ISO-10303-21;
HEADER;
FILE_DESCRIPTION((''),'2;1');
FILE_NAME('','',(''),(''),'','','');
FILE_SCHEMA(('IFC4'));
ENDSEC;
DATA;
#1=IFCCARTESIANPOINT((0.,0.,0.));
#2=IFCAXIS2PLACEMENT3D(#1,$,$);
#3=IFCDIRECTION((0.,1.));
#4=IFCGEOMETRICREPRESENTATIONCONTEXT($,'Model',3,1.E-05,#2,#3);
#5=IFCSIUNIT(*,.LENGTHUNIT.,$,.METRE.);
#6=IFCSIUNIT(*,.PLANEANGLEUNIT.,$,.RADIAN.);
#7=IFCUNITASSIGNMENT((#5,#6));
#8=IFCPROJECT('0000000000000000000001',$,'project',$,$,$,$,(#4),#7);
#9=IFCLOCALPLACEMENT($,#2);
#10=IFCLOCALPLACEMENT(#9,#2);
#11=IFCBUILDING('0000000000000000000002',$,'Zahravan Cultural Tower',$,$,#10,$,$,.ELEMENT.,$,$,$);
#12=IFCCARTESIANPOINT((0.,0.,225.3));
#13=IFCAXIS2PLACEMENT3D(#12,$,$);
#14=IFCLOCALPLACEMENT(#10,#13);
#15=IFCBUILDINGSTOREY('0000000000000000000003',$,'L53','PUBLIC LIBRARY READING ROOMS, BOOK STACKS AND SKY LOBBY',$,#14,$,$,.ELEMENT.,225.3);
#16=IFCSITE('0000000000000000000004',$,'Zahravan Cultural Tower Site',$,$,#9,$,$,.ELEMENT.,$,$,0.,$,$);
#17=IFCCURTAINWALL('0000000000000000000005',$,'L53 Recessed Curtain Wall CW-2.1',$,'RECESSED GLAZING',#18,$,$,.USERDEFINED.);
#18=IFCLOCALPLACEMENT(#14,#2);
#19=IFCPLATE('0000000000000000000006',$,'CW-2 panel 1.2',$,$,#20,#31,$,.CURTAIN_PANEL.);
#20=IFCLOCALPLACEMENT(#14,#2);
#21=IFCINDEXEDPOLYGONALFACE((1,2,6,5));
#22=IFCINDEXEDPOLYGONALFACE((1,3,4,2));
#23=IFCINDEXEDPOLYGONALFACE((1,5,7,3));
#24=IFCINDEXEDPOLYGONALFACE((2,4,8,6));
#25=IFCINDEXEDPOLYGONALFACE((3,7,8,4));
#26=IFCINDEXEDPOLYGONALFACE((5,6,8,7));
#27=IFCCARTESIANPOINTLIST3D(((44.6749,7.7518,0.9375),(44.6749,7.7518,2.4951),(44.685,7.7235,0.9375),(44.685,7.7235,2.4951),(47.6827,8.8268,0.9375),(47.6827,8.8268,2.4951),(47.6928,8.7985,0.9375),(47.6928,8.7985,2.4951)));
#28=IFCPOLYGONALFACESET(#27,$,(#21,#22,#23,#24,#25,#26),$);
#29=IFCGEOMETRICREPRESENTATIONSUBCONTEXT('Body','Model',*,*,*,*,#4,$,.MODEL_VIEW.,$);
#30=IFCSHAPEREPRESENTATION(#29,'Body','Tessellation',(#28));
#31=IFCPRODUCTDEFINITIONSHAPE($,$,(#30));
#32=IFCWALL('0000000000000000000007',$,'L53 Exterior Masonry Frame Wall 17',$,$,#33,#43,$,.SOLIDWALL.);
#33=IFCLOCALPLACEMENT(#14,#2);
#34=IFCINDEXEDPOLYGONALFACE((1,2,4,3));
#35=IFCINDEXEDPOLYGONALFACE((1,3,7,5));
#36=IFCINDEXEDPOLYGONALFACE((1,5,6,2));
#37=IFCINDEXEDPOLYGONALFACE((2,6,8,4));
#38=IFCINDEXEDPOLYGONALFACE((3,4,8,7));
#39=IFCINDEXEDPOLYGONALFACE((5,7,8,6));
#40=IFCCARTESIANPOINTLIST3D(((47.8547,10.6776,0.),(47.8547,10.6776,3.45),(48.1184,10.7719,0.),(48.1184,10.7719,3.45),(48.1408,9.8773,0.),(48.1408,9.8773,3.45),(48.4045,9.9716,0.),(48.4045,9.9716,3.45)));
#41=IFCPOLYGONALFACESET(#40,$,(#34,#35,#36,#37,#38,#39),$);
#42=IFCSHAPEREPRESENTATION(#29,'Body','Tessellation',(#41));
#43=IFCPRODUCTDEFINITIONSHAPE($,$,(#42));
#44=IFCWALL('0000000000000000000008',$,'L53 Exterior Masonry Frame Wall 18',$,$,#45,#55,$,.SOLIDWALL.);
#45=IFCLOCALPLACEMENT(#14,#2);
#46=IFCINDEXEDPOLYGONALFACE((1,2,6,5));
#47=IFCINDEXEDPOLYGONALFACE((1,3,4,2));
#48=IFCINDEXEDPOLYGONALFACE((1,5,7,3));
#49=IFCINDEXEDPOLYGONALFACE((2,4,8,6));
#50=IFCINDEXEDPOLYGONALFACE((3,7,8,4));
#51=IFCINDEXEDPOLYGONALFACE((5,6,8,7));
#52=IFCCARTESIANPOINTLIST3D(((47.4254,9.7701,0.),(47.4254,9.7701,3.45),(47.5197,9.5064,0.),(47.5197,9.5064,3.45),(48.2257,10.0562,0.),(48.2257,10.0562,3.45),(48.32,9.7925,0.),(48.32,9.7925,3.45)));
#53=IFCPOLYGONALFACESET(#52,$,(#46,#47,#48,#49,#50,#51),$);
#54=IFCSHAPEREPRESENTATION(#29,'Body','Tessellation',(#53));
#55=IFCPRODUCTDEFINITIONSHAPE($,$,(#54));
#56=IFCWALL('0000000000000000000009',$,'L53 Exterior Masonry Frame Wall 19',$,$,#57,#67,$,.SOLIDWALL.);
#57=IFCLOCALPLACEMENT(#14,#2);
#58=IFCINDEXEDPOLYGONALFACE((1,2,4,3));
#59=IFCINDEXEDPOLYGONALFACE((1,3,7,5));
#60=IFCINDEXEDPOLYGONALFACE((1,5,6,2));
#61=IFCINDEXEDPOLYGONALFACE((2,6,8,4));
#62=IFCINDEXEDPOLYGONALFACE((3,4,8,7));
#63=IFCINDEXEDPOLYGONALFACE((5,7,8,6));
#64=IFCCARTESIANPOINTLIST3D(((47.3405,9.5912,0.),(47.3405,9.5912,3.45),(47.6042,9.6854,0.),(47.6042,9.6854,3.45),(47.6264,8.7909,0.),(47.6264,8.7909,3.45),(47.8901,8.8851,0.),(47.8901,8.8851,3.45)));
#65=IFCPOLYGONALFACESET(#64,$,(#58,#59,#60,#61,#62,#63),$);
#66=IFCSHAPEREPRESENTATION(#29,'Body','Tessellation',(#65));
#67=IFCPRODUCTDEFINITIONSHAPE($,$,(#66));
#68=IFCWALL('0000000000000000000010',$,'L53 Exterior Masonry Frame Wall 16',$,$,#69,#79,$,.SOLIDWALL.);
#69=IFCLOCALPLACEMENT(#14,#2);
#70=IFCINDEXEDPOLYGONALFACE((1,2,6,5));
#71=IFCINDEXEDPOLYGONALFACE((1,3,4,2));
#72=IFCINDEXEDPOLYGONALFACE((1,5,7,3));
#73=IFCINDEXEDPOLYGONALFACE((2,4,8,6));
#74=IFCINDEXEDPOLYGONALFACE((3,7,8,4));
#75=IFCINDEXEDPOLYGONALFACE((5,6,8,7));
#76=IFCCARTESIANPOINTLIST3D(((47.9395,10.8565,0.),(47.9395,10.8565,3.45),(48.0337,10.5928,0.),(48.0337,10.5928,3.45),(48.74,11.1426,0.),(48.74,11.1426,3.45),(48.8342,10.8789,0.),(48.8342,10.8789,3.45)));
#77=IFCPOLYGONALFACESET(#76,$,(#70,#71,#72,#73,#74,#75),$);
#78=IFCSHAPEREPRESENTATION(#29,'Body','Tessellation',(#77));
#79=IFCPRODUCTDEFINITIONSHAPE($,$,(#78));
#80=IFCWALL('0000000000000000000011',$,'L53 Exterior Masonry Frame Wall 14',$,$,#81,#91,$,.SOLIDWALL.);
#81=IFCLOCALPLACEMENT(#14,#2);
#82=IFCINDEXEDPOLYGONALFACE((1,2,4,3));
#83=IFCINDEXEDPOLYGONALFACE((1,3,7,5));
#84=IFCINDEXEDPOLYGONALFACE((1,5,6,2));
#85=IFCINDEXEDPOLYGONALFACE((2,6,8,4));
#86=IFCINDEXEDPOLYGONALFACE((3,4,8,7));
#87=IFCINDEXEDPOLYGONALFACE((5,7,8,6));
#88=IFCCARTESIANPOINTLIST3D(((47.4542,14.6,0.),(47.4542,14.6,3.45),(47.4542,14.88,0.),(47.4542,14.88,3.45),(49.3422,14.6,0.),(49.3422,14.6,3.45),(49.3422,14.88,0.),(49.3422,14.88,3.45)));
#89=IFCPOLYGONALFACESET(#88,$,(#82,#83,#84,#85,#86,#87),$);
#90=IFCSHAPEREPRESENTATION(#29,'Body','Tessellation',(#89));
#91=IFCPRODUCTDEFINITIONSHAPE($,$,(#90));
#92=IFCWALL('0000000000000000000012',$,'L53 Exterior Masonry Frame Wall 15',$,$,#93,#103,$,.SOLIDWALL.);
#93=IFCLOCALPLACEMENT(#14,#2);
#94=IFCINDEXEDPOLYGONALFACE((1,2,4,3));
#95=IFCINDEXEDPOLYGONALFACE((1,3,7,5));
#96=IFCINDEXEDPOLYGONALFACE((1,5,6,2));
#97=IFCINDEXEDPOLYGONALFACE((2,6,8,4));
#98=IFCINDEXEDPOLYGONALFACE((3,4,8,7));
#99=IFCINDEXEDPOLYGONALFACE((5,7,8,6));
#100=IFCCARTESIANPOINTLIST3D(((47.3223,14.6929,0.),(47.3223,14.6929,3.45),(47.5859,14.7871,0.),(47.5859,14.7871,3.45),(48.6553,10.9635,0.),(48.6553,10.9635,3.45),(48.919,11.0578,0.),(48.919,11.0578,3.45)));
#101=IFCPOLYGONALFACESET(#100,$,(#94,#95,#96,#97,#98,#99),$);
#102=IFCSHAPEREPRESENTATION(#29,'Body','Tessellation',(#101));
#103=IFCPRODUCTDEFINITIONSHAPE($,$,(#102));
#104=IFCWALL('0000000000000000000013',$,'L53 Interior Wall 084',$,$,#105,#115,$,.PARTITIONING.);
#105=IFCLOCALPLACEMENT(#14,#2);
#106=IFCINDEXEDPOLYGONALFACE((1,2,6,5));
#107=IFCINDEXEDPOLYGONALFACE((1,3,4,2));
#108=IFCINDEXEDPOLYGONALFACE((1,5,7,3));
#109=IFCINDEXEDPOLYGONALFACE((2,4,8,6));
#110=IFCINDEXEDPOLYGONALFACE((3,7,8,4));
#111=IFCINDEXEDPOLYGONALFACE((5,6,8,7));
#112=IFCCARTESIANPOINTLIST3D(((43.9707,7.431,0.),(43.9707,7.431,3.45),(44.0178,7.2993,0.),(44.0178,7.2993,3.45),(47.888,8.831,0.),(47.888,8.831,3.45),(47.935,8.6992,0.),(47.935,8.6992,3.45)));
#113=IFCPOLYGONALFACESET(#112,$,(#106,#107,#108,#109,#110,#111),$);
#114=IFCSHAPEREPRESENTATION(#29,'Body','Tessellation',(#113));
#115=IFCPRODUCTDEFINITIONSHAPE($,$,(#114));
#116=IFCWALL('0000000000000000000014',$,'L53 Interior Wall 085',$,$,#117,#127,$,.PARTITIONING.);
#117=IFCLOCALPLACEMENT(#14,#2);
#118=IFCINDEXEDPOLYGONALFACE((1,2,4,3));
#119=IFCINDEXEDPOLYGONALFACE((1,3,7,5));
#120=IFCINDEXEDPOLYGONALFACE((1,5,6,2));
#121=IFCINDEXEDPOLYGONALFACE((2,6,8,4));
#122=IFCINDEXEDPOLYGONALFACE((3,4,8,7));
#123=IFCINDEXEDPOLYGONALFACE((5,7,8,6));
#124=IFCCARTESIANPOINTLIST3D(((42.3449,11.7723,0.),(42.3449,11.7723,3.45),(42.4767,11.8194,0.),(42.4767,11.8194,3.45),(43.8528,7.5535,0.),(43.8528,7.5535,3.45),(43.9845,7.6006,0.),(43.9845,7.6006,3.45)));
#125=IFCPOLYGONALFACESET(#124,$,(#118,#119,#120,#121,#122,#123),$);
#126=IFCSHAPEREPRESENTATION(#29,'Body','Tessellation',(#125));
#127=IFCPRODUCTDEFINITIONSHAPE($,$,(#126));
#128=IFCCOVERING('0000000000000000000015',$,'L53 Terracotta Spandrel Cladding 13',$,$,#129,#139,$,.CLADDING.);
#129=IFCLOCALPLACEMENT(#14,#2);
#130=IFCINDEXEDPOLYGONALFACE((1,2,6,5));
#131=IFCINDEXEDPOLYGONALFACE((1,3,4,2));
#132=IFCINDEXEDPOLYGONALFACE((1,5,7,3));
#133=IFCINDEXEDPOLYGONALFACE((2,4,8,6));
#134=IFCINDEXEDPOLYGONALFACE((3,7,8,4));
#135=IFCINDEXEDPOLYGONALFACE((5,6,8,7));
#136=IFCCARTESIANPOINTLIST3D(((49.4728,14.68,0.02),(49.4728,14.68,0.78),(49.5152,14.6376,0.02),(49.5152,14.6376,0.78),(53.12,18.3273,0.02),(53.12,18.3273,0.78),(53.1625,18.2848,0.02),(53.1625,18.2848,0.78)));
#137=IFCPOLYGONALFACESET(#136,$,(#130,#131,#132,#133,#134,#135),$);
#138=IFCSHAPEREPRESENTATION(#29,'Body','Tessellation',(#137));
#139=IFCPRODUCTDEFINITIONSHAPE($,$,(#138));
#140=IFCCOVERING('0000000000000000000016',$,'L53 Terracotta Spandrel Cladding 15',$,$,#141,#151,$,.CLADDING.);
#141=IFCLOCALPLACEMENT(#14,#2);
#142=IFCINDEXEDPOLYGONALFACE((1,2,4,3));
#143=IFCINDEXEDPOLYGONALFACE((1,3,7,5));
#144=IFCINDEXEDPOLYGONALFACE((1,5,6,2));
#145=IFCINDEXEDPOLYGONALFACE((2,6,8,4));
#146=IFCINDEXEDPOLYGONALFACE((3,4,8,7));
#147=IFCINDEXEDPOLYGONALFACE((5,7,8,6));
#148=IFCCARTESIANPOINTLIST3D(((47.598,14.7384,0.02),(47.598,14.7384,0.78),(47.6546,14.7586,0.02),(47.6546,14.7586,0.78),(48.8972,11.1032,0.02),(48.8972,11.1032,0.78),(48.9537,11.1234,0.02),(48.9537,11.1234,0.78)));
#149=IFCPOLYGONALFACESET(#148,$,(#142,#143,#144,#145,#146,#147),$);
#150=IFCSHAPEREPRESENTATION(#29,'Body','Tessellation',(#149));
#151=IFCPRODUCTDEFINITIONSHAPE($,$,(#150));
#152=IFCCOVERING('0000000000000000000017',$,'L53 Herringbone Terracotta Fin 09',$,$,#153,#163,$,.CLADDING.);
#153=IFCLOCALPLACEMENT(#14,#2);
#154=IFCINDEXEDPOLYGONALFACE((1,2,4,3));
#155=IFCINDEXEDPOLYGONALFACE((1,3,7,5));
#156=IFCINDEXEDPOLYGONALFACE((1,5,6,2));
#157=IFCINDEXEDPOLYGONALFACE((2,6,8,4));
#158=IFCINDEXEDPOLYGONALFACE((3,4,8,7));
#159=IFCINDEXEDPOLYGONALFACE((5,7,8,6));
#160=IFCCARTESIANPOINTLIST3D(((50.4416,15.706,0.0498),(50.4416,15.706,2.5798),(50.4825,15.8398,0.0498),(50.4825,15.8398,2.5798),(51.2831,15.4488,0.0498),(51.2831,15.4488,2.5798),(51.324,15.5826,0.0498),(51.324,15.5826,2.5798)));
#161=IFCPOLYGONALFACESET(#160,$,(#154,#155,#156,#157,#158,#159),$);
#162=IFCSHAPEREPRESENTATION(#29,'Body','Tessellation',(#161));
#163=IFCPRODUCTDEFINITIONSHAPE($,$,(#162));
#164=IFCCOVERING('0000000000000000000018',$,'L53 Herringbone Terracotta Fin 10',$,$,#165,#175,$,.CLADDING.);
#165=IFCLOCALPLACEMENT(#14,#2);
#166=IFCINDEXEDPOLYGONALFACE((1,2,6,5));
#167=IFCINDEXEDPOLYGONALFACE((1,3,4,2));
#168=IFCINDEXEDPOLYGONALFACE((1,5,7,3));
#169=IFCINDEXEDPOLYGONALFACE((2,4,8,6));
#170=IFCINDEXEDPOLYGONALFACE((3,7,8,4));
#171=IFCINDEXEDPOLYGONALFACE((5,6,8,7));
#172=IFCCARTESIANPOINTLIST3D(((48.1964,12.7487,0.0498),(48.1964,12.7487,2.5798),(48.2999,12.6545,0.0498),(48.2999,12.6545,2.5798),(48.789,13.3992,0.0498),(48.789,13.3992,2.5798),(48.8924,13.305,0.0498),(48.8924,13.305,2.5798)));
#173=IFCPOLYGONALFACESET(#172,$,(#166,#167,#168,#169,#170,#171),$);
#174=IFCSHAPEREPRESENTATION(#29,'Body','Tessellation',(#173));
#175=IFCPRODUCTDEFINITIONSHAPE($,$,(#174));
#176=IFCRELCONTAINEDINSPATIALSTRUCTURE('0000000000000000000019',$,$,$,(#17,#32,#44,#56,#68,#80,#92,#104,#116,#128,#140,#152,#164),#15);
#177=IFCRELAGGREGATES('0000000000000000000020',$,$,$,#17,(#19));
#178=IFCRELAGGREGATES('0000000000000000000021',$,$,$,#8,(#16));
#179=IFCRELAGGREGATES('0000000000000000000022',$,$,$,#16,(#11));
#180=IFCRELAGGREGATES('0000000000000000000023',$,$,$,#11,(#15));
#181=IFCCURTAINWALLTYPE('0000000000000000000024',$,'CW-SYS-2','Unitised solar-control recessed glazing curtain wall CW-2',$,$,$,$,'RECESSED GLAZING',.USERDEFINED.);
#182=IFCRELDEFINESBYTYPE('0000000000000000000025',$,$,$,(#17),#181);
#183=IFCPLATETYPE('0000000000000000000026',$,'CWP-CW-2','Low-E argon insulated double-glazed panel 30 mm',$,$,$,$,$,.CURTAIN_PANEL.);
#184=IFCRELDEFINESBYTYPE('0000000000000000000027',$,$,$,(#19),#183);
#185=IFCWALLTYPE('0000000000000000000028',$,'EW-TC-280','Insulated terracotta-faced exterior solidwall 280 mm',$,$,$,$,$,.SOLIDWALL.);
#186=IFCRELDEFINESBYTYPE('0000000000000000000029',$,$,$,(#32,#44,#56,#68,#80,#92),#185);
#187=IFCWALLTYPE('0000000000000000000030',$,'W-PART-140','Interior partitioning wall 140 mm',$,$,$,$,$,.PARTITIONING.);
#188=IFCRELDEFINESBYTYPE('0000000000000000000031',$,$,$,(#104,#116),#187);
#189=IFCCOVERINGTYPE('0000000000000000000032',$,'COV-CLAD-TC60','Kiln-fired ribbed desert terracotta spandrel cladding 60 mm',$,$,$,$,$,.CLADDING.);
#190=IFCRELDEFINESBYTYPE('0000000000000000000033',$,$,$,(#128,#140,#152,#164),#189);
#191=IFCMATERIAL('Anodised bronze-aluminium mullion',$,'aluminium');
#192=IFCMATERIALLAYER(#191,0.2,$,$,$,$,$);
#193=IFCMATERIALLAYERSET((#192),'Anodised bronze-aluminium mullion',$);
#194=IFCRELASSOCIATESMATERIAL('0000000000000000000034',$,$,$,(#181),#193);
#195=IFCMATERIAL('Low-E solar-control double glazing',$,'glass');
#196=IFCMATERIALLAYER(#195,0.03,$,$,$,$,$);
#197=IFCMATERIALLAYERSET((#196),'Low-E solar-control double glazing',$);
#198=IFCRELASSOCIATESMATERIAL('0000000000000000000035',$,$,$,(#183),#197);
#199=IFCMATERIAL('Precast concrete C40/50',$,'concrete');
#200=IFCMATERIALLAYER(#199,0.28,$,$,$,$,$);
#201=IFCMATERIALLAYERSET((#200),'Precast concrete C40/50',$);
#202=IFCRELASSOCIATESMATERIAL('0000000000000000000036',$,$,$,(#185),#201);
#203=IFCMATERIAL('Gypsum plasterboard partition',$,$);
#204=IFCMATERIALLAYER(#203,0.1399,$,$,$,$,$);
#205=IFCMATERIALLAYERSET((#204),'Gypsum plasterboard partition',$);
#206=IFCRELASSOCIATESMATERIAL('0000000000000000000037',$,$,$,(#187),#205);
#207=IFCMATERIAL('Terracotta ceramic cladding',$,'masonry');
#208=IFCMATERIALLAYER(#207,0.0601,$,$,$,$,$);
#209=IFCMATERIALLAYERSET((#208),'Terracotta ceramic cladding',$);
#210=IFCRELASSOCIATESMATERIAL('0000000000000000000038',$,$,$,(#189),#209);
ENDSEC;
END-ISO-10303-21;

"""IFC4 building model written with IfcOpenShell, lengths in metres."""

from ifc_helpers import new_model, si_unit, direction, frame, frame_2d, origin, origin_2d, place, context, subcontext, project, spatial, rectangle, extrude, source, transform, mapped, material, layer, layer_set, type_object, element, aggregate, save


model = new_model("IFC4")

# Units and contexts
model_context = context("Model", 3, precision=1e-05, world=origin(), true_north=direction((0.0, 1.0)))
body_context = subcontext(model_context, "Body", "Model", "MODEL_VIEW")
ifc_project = project(units=[si_unit("LENGTHUNIT", "METRE"), si_unit("PLANEANGLEUNIT", "RADIAN")], contexts=[model_context])

# Site, building, storey
site_placement = place(None, origin())
site = spatial("IfcSite", under=ifc_project, at=site_placement, Name="Zahravan Cultural Tower Site", CompositionType="ELEMENT", RefElevation=0.0)
building_placement = place(site_placement, origin())
building = spatial("IfcBuilding", under=site, at=building_placement, Name="Zahravan Cultural Tower", CompositionType="ELEMENT")
storey_placement = place(building_placement, frame((0.0, 0.0, 225.3)))
storey = spatial("IfcBuildingStorey", under=building, at=storey_placement, Name="L53", Description="PUBLIC LIBRARY READING ROOMS, BOOK STACKS AND SKY LOBBY", CompositionType="ELEMENT", Elevation=225.3)

# Curtain wall, plate
ifc_material_1 = material(Name="Anodised bronze-aluminium mullion", Category="aluminium")
ifc_layer_1 = layer(ifc_material_1, 0.2)
ifc_layer_set_1 = layer_set([ifc_layer_1], Name="Anodised bronze-aluminium mullion")
curtain_wall_type = type_object("IfcCurtainWallType", Name="CW-SYS-2", Description="Unitised solar-control recessed glazing curtain wall CW-2", ElementType="RECESSED GLAZING", PredefinedType="USERDEFINED", material=ifc_layer_set_1)
curtain_wall_placement = place(storey_placement, origin())
curtain_wall = element("IfcCurtainWall", 1, at=curtain_wall_placement, inside=storey, type_object=curtain_wall_type, Name="L53 Recessed Curtain Wall CW-2.1", ObjectType="RECESSED GLAZING", PredefinedType="USERDEFINED")
ifc_material_2 = material(Name="Low-E solar-control double glazing", Category="glass")
ifc_layer_2 = layer(ifc_material_2, 0.03)
ifc_layer_set_2 = layer_set([ifc_layer_2], Name="Low-E solar-control double glazing")
plate_type = type_object("IfcPlateType", Name="CWP-CW-2", Description="Low-E argon insulated double-glazed panel 30 mm", PredefinedType="CURTAIN_PANEL", material=ifc_layer_set_2)
shared_shape_1 = source(origin(), body_context, "Body", "SweptSolid", [
    extrude(rectangle(XDim=3.1941, YDim=0.03, at=origin_2d()), origin(), (0.0, 0.0, 1.0), 1.5576),
])
plate_1_placement = place(storey_placement, frame((46.1838, 8.2751, 0.9375), z_axis=(0.0, 0.0, 1.0), x_axis=(-0.941669, -0.336541, 0.0)))
plate_1 = element("IfcPlate", 2, at=plate_1_placement, type_object=plate_type, Name="CW-2 panel 1.2", PredefinedType="CURTAIN_PANEL", context=body_context, shape_type="MappedRepresentation", body=[
    mapped(shared_shape_1, transform((0.0, 0.0, 0.0), x_axis=(1.0, 0.0, 0.0), y_axis=(0.0, 1.0, 0.0), z_axis=(0.0, 0.0, 1.0), scale=1.0)),
])
aggregate(curtain_wall, [plate_1])

# Walls
ifc_material_3 = material(Name="Precast concrete C40/50", Category="concrete")
ifc_layer_3 = layer(ifc_material_3, 0.28)
ifc_layer_set_3 = layer_set([ifc_layer_3], Name="Precast concrete C40/50")
wall_type_1 = type_object("IfcWallType", Name="EW-TC-280", Description="Insulated terracotta-faced exterior solidwall 280 mm", PredefinedType="SOLIDWALL", material=ifc_layer_set_3)
shared_shape_2 = source(origin(), body_context, "Body", "SweptSolid", [
    extrude(rectangle(XDim=0.8499, YDim=0.28, at=frame_2d((0.4248, 0.0))), origin(), (0.0, 0.0, 1.0), 3.45),
])
for number, where, z_axis, x_axis, name in (
    (3, (47.9866, 10.7246, 0.0), (0.0, 0.0, 1.0), (0.336664, -0.941625, 0.0), "L53 Exterior Masonry Frame Wall 17"),
    (4, (48.2727, 9.9243, 0.0), (0.0, 0.0, 1.0), (-0.941625, -0.336664, 0.0), "L53 Exterior Masonry Frame Wall 18"),
    (5, (47.4724, 9.6382, 0.0), (0.0, 0.0, 1.0), (0.336409, -0.941716, 0.0), "L53 Exterior Masonry Frame Wall 19"),
):
    element("IfcWall", number, at=place(storey_placement, frame(where, z_axis=z_axis, x_axis=x_axis)), inside=storey, type_object=wall_type_1, Name=name, PredefinedType="SOLIDWALL", context=body_context, shape_type="MappedRepresentation", body=[
        mapped(shared_shape_2, transform((0.0, 0.0, 0.0), x_axis=(1.0, 0.0, 0.0), y_axis=(0.0, 1.0, 0.0), z_axis=(0.0, 0.0, 1.0), scale=1.0)),
    ])
shared_shape_3 = source(origin(), body_context, "Body", "SweptSolid", [
    extrude(rectangle(XDim=0.8501, YDim=0.28, at=frame_2d((0.425, 0.0))), origin(), (0.0, 0.0, 1.0), 3.45),
])
wall_1_placement = place(storey_placement, frame((48.7871, 11.0107, 0.0), z_axis=(0.0, 0.0, 1.0), x_axis=(-0.941657, -0.336573, 0.0)))
element("IfcWall", 6, at=wall_1_placement, inside=storey, type_object=wall_type_1, Name="L53 Exterior Masonry Frame Wall 16", PredefinedType="SOLIDWALL", context=body_context, shape_type="MappedRepresentation", body=[
    mapped(shared_shape_3, transform((0.0, 0.0, 0.0), x_axis=(1.0, 0.0, 0.0), y_axis=(0.0, 1.0, 0.0), z_axis=(0.0, 0.0, 1.0), scale=1.0)),
])
shared_shape_4 = source(origin(), body_context, "Body", "SweptSolid", [
    extrude(rectangle(XDim=1.8879, YDim=0.28, at=frame_2d((0.9438, 0.0))), origin(), (0.0, 0.0, 1.0), 3.45),
])
wall_2_placement = place(storey_placement, frame((49.342, 14.74, 0.0), z_axis=(0.0, 0.0, 1.0), x_axis=(-1.0, 0.0, 0.0)))
element("IfcWall", 7, at=wall_2_placement, inside=storey, type_object=wall_type_1, Name="L53 Exterior Masonry Frame Wall 14", PredefinedType="SOLIDWALL", context=body_context, shape_type="MappedRepresentation", body=[
    mapped(shared_shape_4, transform((0.0, 0.0, 0.0), x_axis=(1.0, 0.0, 0.0), y_axis=(0.0, 1.0, 0.0), z_axis=(0.0, 0.0, 1.0), scale=1.0)),
])
shared_shape_5 = source(origin(), body_context, "Body", "SweptSolid", [
    extrude(rectangle(XDim=3.9604, YDim=0.28, at=frame_2d((1.9802, 0.0))), origin(), (0.0, 0.0, 1.0), 3.45),
])
wall_3_placement = place(storey_placement, frame((47.4541, 14.74, 0.0), z_axis=(0.0, 0.0, 1.0), x_axis=(0.33659, -0.941651, 0.0)))
element("IfcWall", 8, at=wall_3_placement, inside=storey, type_object=wall_type_1, Name="L53 Exterior Masonry Frame Wall 15", PredefinedType="SOLIDWALL", context=body_context, shape_type="MappedRepresentation", body=[
    mapped(shared_shape_5, transform((0.0, 0.0, 0.0), x_axis=(1.0, 0.0, 0.0), y_axis=(0.0, 1.0, 0.0), z_axis=(0.0, 0.0, 1.0), scale=1.0)),
])
ifc_material_4 = material(Name="Gypsum plasterboard partition")
ifc_layer_4 = layer(ifc_material_4, 0.1399)
ifc_layer_set_4 = layer_set([ifc_layer_4], Name="Gypsum plasterboard partition")
wall_type_2 = type_object("IfcWallType", Name="W-PART-140", Description="Interior partitioning wall 140 mm", PredefinedType="PARTITIONING", material=ifc_layer_set_4)
shared_shape_6 = source(origin(), body_context, "Body", "SweptSolid", [
    extrude(rectangle(XDim=4.1599, YDim=0.1399, at=frame_2d((2.0801, 0.0))), origin(), (0.0, 0.0, 1.0), 3.45),
])
wall_4_placement = place(storey_placement, frame((47.9116, 8.7651, 0.0), z_axis=(0.0, 0.0, 1.0), x_axis=(-0.941674, -0.336526, 0.0)))
element("IfcWall", 9, at=wall_4_placement, inside=storey, type_object=wall_type_2, Name="L53 Interior Wall 084", PredefinedType="PARTITIONING", context=body_context, shape_type="MappedRepresentation", body=[
    mapped(shared_shape_6, transform((0.0, 0.0, 0.0), x_axis=(1.0, 0.0, 0.0), y_axis=(0.0, 1.0, 0.0), z_axis=(0.0, 0.0, 1.0), scale=1.0)),
])
shared_shape_7 = source(origin(), body_context, "Body", "SweptSolid", [
    extrude(rectangle(XDim=4.4802, YDim=0.1399, at=frame_2d((2.2402, 0.0))), origin(), (0.0, 0.0, 1.0), 3.45),
])
wall_5_placement = place(storey_placement, frame((43.9187, 7.5769, 0.0), z_axis=(0.0, 0.0, 1.0), x_axis=(-0.336557, 0.941663, 0.0)))
element("IfcWall", 10, at=wall_5_placement, inside=storey, type_object=wall_type_2, Name="L53 Interior Wall 085", PredefinedType="PARTITIONING", context=body_context, shape_type="MappedRepresentation", body=[
    mapped(shared_shape_7, transform((0.0, 0.0, 0.0), x_axis=(1.0, 0.0, 0.0), y_axis=(0.0, 1.0, 0.0), z_axis=(0.0, 0.0, 1.0), scale=1.0)),
])

# Coverings
ifc_material_5 = material(Name="Terracotta ceramic cladding", Category="masonry")
ifc_layer_5 = layer(ifc_material_5, 0.0601)
ifc_layer_set_5 = layer_set([ifc_layer_5], Name="Terracotta ceramic cladding")
covering_type = type_object("IfcCoveringType", Name="COV-CLAD-TC60", Description="Kiln-fired ribbed desert terracotta spandrel cladding 60 mm", PredefinedType="CLADDING", material=ifc_layer_set_5)
shared_shape_8 = source(origin(), body_context, "Body", "SweptSolid", [
    extrude(rectangle(XDim=5.158, YDim=0.0601, at=origin_2d()), origin(), (0.0, 0.0, 1.0), 0.76),
])
covering_1_placement = place(storey_placement, frame((51.3176, 16.4824, 0.02), z_axis=(0.0, 0.0, 1.0), x_axis=(-0.707107, -0.707107, 0.0)))
element("IfcCovering", 11, at=covering_1_placement, inside=storey, type_object=covering_type, Name="L53 Terracotta Spandrel Cladding 13", PredefinedType="CLADDING", context=body_context, shape_type="MappedRepresentation", body=[
    mapped(shared_shape_8, transform((0.0, 0.0, 0.0), x_axis=(1.0, 0.0, 0.0), y_axis=(0.0, 1.0, 0.0), z_axis=(0.0, 0.0, 1.0), scale=1.0)),
])
shared_shape_9 = source(origin(), body_context, "Body", "SweptSolid", [
    extrude(rectangle(XDim=3.8604, YDim=0.0601, at=origin_2d()), origin(), (0.0, 0.0, 1.0), 0.76),
])
covering_2_placement = place(storey_placement, frame((48.2759, 12.9309, 0.02), z_axis=(0.0, 0.0, 1.0), x_axis=(0.336537, -0.94167, 0.0)))
element("IfcCovering", 12, at=covering_2_placement, inside=storey, type_object=covering_type, Name="L53 Terracotta Spandrel Cladding 15", PredefinedType="CLADDING", context=body_context, shape_type="MappedRepresentation", body=[
    mapped(shared_shape_9, transform((0.0, 0.0, 0.0), x_axis=(1.0, 0.0, 0.0), y_axis=(0.0, 1.0, 0.0), z_axis=(0.0, 0.0, 1.0), scale=1.0)),
])
shared_shape_10 = source(origin(), body_context, "Body", "SweptSolid", [
    extrude(rectangle(XDim=0.8799, YDim=0.1399, at=origin_2d()), origin(), (0.0, 0.0, 1.0), 2.53),
])
for number, where, z_axis, x_axis, name in (
    (13, (50.8828, 15.6443, 0.0498), (0.0, 0.0, 1.0), (0.956305, -0.292372, 0.0), "L53 Herringbone Terracotta Fin 09"),
    (14, (48.5444, 13.0269, 0.0498), (0.0, 0.0, 1.0), (0.673451, 0.739232, 0.0), "L53 Herringbone Terracotta Fin 10"),
):
    element("IfcCovering", number, at=place(storey_placement, frame(where, z_axis=z_axis, x_axis=x_axis)), inside=storey, type_object=covering_type, Name=name, PredefinedType="CLADDING", context=body_context, shape_type="MappedRepresentation", body=[
        mapped(shared_shape_10, transform((0.0, 0.0, 0.0), x_axis=(1.0, 0.0, 0.0), y_axis=(0.0, 1.0, 0.0), z_axis=(0.0, 0.0, 1.0), scale=1.0)),
    ])

save(model, "model.ifc")
